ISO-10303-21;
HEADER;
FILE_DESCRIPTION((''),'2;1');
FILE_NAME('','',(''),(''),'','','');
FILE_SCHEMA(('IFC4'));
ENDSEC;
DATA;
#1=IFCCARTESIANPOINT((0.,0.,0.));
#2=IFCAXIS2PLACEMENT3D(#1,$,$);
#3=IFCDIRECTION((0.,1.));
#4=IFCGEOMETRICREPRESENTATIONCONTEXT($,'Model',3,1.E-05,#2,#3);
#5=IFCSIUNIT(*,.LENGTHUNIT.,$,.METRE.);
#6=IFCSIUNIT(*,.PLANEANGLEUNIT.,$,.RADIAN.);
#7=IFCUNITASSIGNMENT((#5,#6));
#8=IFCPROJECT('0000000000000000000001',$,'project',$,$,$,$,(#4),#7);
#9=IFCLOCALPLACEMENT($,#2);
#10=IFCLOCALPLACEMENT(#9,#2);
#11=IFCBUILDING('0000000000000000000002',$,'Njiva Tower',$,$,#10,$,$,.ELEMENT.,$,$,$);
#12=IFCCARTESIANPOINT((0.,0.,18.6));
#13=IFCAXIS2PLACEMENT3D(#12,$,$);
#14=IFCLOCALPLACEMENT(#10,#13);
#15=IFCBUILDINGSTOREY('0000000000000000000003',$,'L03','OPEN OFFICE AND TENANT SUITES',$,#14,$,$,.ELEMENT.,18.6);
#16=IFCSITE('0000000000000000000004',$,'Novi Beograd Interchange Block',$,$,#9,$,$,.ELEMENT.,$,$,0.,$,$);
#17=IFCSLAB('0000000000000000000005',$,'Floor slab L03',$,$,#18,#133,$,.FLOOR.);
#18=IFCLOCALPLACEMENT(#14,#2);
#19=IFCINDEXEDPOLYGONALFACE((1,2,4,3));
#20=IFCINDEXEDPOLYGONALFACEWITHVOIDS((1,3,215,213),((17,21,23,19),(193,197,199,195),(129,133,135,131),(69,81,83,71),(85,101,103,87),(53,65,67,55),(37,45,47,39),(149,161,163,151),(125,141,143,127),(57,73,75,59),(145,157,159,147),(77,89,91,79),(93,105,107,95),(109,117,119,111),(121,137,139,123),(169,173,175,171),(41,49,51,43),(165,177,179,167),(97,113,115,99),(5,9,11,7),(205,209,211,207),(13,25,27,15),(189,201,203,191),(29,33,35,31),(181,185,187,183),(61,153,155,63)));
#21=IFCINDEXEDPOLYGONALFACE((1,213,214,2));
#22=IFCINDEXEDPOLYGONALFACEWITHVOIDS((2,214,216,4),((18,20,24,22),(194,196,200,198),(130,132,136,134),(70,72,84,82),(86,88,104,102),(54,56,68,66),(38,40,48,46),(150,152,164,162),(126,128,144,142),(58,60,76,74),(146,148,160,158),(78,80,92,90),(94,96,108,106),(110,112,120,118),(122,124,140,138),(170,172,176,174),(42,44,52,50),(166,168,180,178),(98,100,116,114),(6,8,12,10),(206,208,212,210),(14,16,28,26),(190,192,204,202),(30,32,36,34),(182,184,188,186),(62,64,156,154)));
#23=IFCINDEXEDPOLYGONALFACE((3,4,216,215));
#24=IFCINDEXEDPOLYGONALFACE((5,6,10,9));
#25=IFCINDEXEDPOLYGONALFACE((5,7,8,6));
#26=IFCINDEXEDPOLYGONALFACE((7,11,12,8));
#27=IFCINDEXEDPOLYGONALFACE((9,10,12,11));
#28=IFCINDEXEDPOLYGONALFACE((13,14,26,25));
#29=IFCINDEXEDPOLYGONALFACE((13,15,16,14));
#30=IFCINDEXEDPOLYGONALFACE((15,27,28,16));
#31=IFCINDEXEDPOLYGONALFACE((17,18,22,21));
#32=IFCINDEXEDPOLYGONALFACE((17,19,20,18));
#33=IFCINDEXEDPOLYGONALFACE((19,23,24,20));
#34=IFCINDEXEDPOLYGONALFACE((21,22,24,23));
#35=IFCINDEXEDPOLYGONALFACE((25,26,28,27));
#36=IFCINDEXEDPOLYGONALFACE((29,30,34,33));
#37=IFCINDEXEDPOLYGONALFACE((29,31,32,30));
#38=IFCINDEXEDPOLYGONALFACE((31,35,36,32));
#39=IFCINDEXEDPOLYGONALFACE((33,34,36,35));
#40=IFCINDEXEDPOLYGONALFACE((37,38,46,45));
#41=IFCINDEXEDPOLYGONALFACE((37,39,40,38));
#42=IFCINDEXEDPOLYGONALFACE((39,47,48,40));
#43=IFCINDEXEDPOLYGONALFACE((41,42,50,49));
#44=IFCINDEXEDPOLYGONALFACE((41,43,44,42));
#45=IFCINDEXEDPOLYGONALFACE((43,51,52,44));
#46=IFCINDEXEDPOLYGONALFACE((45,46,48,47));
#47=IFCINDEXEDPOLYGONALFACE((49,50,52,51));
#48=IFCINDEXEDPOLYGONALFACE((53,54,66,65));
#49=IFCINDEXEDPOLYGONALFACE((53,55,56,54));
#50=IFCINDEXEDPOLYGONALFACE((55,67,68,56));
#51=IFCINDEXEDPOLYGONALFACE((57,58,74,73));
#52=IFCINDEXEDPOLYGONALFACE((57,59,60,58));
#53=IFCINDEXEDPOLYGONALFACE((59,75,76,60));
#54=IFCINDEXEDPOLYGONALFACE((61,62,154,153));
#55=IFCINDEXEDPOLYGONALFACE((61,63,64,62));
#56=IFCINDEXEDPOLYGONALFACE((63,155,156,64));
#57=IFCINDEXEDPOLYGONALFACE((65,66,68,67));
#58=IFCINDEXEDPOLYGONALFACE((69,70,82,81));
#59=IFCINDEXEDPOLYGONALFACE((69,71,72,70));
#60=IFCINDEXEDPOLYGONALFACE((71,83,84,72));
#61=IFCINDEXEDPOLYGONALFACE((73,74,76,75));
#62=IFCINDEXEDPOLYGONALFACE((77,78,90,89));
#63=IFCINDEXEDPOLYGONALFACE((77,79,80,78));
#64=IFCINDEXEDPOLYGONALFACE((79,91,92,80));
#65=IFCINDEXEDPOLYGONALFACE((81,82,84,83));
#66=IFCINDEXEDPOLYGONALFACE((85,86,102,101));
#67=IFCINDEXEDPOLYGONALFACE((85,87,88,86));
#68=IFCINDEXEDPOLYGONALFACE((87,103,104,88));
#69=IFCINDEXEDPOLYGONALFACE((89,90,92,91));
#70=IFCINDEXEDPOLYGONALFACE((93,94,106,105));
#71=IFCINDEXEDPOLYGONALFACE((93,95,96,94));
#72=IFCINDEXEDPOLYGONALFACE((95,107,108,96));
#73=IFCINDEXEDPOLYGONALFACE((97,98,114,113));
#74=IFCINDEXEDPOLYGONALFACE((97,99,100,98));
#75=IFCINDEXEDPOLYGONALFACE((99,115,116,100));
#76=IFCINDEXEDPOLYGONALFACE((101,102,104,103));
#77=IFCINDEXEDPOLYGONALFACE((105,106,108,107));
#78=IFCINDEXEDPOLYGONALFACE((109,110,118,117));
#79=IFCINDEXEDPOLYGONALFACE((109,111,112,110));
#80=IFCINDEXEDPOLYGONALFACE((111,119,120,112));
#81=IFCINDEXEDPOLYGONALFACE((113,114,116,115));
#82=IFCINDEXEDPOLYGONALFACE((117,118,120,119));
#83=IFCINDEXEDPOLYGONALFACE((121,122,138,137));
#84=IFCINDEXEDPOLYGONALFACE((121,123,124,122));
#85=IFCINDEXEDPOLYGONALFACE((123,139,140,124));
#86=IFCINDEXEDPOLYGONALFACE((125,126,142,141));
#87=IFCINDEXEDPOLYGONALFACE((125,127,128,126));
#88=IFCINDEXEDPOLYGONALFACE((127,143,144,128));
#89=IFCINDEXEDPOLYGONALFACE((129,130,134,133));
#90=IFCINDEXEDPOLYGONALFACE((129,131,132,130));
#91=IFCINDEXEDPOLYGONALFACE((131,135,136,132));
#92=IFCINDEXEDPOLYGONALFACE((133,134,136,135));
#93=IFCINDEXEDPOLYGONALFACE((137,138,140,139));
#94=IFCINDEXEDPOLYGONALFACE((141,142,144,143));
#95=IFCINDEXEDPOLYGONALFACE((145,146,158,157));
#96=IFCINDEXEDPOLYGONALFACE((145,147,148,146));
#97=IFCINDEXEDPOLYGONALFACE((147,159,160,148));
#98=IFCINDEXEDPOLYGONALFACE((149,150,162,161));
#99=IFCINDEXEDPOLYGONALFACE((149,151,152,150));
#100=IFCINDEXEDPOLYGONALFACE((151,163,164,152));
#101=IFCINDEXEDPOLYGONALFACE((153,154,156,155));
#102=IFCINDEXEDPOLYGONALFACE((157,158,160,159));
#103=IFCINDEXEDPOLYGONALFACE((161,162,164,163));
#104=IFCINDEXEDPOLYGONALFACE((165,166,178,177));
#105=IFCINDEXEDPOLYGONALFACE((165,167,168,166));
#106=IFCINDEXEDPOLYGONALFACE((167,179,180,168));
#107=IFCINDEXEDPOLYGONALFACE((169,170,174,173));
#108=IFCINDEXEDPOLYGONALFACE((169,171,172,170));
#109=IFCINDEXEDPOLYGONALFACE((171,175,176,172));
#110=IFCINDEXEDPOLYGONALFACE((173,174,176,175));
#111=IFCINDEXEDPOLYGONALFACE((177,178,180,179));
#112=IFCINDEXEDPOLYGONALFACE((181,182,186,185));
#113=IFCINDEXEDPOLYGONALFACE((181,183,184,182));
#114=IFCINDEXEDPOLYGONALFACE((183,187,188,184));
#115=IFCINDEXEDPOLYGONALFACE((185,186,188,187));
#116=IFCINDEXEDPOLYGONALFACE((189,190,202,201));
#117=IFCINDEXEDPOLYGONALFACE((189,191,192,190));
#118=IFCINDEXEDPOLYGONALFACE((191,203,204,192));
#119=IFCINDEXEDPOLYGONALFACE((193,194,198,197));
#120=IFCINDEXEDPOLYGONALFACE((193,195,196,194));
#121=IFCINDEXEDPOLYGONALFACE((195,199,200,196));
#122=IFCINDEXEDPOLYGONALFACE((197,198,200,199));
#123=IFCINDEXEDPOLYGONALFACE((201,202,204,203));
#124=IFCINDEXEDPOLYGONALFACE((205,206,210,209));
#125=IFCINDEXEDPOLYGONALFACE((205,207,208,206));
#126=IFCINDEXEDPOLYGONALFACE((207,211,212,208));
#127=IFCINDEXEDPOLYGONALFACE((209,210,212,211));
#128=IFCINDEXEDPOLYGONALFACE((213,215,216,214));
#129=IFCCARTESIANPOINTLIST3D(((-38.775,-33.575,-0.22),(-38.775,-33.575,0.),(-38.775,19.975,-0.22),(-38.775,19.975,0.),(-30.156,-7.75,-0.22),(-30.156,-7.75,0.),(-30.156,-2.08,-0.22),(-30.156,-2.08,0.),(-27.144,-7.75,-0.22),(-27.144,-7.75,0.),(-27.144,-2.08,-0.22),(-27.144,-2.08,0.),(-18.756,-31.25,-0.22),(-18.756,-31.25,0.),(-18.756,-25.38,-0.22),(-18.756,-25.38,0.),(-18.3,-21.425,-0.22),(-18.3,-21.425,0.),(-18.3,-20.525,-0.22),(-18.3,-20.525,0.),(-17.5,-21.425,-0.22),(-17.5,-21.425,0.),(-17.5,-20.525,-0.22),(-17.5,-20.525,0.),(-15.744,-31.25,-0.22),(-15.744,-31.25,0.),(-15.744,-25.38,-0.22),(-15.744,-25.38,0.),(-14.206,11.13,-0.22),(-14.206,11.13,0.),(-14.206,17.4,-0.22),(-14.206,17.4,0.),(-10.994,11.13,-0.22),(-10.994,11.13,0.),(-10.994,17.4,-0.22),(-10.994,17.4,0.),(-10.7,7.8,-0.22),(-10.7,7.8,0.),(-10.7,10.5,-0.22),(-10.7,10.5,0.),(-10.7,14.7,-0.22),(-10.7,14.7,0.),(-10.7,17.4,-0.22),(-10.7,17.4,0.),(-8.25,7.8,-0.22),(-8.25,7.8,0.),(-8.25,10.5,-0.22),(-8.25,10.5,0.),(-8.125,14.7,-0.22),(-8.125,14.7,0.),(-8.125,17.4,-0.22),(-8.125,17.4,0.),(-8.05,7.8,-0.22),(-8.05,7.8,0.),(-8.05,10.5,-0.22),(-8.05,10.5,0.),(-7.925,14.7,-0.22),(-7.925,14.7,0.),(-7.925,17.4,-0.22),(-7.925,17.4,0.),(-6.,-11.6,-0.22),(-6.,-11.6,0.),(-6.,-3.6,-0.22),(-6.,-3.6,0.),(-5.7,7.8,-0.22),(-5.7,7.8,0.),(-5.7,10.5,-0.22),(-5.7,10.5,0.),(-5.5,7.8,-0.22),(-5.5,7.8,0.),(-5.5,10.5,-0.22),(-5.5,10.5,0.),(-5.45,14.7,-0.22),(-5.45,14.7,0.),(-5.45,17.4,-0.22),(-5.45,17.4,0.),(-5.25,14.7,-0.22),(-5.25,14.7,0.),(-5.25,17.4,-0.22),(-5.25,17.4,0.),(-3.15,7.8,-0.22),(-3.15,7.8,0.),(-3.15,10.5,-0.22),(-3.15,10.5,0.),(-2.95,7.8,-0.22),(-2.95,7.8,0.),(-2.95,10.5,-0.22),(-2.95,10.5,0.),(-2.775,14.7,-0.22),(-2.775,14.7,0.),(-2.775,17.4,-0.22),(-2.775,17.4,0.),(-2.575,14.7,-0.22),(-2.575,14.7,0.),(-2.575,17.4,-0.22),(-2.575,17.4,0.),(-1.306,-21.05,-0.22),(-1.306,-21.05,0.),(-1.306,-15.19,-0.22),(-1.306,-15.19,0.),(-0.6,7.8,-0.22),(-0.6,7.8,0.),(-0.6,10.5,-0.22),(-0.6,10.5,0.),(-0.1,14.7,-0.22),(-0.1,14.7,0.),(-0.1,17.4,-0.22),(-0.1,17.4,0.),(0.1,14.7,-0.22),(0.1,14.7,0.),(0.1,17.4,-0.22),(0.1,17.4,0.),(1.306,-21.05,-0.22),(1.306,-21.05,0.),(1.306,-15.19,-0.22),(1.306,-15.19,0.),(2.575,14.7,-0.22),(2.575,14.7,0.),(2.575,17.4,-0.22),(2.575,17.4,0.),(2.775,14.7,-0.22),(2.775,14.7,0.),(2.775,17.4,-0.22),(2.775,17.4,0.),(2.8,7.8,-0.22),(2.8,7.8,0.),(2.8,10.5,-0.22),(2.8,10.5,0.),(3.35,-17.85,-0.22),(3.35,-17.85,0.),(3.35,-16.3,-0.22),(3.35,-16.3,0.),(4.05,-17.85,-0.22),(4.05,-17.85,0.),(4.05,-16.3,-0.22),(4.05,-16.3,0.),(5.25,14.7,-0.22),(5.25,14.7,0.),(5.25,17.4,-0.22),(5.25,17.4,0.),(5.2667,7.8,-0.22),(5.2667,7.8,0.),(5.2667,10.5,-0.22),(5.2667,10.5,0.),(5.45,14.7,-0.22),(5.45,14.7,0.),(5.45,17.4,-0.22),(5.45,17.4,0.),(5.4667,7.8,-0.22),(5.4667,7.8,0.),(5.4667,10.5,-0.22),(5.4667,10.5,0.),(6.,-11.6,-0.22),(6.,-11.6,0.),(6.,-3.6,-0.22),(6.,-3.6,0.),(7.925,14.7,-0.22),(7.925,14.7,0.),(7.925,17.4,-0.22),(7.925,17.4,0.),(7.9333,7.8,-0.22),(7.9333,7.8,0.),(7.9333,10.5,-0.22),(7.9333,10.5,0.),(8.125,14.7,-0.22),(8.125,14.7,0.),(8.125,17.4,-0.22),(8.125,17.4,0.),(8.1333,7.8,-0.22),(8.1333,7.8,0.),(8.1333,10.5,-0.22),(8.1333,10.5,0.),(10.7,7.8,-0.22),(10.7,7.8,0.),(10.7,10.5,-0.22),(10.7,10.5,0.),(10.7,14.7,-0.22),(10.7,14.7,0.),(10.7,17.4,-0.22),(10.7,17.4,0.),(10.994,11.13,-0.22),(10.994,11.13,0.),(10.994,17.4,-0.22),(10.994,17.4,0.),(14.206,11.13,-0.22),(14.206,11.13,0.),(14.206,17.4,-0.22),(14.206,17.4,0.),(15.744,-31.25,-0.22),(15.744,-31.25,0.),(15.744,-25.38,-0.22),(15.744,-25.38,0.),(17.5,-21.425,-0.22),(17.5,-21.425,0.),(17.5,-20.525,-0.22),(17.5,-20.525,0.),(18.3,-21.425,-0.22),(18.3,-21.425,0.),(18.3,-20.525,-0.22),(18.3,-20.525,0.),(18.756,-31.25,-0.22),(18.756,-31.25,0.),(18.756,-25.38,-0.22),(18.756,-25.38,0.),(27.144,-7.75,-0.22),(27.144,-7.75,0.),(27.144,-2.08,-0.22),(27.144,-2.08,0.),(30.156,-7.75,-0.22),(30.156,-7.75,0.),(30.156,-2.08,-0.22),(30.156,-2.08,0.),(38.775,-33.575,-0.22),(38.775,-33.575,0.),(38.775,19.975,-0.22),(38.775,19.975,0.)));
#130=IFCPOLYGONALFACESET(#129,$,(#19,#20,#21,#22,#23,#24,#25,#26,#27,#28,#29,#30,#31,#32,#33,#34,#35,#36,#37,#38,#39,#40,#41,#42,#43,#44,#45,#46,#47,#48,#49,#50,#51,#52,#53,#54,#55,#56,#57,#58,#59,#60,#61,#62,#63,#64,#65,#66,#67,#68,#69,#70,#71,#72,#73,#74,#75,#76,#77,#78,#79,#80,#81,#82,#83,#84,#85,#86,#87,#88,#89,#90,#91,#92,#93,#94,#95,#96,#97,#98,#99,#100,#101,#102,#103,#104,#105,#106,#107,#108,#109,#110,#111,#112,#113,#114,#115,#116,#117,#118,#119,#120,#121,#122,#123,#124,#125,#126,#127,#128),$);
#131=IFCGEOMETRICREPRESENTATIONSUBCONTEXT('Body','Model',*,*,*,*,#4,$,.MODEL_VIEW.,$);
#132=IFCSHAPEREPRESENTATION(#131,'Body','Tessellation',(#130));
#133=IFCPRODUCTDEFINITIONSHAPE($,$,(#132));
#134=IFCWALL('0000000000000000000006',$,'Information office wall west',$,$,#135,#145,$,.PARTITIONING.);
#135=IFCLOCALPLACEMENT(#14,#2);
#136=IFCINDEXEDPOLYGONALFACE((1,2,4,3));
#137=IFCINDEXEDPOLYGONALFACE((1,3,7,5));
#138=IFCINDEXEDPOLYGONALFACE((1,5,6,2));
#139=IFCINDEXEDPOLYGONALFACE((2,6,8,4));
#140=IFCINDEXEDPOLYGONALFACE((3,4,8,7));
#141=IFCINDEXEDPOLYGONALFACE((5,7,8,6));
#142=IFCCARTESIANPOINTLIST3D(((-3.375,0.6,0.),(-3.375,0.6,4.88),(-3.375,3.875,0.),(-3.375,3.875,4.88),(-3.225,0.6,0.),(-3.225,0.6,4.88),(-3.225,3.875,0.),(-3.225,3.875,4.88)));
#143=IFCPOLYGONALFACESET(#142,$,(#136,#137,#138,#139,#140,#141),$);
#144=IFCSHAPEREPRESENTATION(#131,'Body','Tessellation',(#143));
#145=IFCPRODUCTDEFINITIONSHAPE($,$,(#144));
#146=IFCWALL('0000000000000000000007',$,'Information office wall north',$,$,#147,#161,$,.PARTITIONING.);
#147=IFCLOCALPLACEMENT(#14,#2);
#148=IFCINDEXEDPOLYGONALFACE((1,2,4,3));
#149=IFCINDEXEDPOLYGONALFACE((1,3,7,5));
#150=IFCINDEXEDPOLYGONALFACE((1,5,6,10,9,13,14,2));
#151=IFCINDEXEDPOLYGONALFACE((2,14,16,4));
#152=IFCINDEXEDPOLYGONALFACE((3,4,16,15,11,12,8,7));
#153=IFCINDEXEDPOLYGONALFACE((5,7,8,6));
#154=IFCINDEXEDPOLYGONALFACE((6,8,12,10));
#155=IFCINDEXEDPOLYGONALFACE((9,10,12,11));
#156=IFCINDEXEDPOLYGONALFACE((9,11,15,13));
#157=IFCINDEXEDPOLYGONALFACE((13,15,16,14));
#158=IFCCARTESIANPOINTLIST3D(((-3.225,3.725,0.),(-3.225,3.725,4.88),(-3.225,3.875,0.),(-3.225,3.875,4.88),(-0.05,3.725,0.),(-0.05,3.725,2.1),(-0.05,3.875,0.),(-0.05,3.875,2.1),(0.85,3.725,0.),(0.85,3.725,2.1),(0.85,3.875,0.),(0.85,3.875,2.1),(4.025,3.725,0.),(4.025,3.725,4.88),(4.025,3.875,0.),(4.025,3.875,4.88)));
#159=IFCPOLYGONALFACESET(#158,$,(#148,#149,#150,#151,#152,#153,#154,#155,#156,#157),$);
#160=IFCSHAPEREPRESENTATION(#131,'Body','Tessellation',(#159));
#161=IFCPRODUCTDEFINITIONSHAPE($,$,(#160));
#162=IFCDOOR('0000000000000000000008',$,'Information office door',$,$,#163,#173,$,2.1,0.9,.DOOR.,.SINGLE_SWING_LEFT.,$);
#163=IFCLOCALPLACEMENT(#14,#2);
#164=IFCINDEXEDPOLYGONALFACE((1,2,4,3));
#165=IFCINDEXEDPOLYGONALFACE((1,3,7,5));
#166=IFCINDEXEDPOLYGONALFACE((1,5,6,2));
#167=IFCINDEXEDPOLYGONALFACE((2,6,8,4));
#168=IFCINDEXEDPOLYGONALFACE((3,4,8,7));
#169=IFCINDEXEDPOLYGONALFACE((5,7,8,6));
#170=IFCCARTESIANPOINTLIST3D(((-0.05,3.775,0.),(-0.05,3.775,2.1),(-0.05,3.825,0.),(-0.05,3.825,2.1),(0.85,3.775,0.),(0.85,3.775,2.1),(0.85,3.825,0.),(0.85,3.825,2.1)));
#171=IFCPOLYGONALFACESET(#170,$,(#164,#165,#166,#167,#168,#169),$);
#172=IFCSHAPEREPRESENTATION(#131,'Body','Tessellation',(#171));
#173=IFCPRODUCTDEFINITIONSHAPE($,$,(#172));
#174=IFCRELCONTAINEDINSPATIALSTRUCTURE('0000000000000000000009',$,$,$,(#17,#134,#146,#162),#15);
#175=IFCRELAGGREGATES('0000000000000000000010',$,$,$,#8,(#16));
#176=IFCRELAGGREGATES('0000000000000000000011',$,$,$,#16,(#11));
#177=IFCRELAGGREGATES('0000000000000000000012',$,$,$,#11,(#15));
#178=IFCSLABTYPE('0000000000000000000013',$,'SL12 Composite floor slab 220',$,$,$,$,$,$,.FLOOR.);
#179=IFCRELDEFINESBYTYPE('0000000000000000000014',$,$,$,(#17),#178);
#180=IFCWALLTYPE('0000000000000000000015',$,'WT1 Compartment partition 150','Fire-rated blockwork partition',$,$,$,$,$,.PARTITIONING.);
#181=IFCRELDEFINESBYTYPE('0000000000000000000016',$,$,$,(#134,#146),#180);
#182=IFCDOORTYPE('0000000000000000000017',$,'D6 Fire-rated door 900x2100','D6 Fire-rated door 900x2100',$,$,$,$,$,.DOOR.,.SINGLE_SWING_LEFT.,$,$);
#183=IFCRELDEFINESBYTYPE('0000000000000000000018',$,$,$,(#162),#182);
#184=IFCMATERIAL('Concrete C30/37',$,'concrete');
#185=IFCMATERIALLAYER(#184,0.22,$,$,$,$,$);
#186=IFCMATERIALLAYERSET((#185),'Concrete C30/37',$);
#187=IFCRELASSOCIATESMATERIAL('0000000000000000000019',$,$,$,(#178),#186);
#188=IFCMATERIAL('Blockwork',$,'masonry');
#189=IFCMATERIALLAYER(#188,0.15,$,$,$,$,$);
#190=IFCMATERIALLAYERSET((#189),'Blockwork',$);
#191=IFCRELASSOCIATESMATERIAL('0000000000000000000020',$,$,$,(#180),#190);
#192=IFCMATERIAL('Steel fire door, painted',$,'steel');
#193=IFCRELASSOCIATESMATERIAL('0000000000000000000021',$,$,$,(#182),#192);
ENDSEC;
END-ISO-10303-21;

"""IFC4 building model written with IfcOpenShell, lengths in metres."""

from ifc_helpers import new_model, si_unit, direction, frame, frame_2d, origin, place, context, subcontext, project, spatial, polyline, rectangle, outline, extrude, material, layer, layer_set, type_object, element, fill, save


model = new_model("IFC4")

# Units and contexts
model_context = context("Model", 3, precision=1e-05, world=origin(), true_north=direction((0.0, 1.0)))
body_context = subcontext(model_context, "Body", "Model", "MODEL_VIEW")
ifc_project = project(units=[si_unit("LENGTHUNIT", "METRE"), si_unit("PLANEANGLEUNIT", "RADIAN")], contexts=[model_context])

# Site, building, storey
site_placement = place(None, origin())
site = spatial("IfcSite", under=ifc_project, at=site_placement, Name="Novi Beograd Interchange Block", CompositionType="ELEMENT", RefElevation=0.0)
building_placement = place(site_placement, origin())
building = spatial("IfcBuilding", under=site, at=building_placement, Name="Njiva Tower", CompositionType="ELEMENT")
storey_placement = place(building_placement, frame((0.0, 0.0, 18.6)))
storey = spatial("IfcBuildingStorey", under=building, at=storey_placement, Name="L03", Description="OPEN OFFICE AND TENANT SUITES", CompositionType="ELEMENT", Elevation=18.6)

# Slab
ifc_material_1 = material(Name="Concrete C30/37", Category="concrete")
ifc_layer_1 = layer(ifc_material_1, 0.22)
ifc_layer_set_1 = layer_set([ifc_layer_1], Name="Concrete C30/37")
slab_type_1 = type_object("IfcSlabType", Name="SL12 Composite floor slab 220", PredefinedType="FLOOR", material=ifc_layer_set_1)
slab_1_placement = place(storey_placement, frame((0.0, 0.0, -0.22)))
element("IfcSlab", 1, at=slab_1_placement, inside=storey, type_object=slab_type_1, Name="Floor slab L03", PredefinedType="FLOOR", context=body_context, shape_type="SweptSolid", body=[
    extrude(outline(polyline([(-38.775, -33.575), (-38.775, 19.975), (38.775, 19.975), (38.775, -33.575), (-38.775, -33.575)]), holes=[polyline([(27.144, -2.08), (27.144, -7.75), (30.156, -7.75), (30.156, -2.08), (27.144, -2.08)]), polyline([(15.744, -31.25), (18.756, -31.25), (18.756, -25.38), (15.744, -25.38), (15.744, -31.25)]), polyline([(17.5, -20.525), (17.5, -21.425), (18.3, -21.425), (18.3, -20.525), (17.5, -20.525)]), polyline([(10.994, 17.4), (10.994, 11.13), (14.206, 11.13), (14.206, 17.4), (10.994, 17.4)]), polyline([(8.125, 17.4), (8.125, 14.7), (10.7, 14.7), (10.7, 17.4), (8.125, 17.4)]), polyline([(8.1333, 10.5), (8.1333, 7.8), (10.7, 7.8), (10.7, 10.5), (8.1333, 10.5)]), polyline([(5.4667, 7.8), (7.9333, 7.8), (7.9333, 10.5), (5.4667, 10.5), (5.4667, 7.8)]), polyline([(5.45, 17.4), (5.45, 14.7), (7.925, 14.7), (7.925, 17.4), (5.45, 17.4)]), polyline([(-6.0, -11.6), (6.0, -11.6), (6.0, -3.6), (-6.0, -3.6), (-6.0, -11.6)]), polyline([(2.8, 10.5), (2.8, 7.8), (5.2667, 7.8), (5.2667, 10.5), (2.8, 10.5)]), polyline([(2.775, 17.4), (2.775, 14.7), (5.25, 14.7), (5.25, 17.4), (2.775, 17.4)]), polyline([(3.35, -17.85), (4.05, -17.85), (4.05, -16.3), (3.35, -16.3), (3.35, -17.85)]), polyline([(0.1, 17.4), (0.1, 14.7), (2.575, 14.7), (2.575, 17.4), (0.1, 17.4)]), polyline([(-1.306, -15.19), (-1.306, -21.05), (1.306, -21.05), (1.306, -15.19), (-1.306, -15.19)]), polyline([(-2.575, 17.4), (-2.575, 14.7), (-0.1, 14.7), (-0.1, 17.4), (-2.575, 17.4)]), polyline([(-2.95, 10.5), (-2.95, 7.8), (-0.6, 7.8), (-0.6, 10.5), (-2.95, 10.5)]), polyline([(-5.25, 17.4), (-5.25, 14.7), (-2.775, 14.7), (-2.775, 17.4), (-5.25, 17.4)]), polyline([(-5.5, 7.8), (-3.15, 7.8), (-3.15, 10.5), (-5.5, 10.5), (-5.5, 7.8)]), polyline([(-7.925, 17.4), (-7.925, 14.7), (-5.45, 14.7), (-5.45, 17.4), (-7.925, 17.4)]), polyline([(-8.05, 10.5), (-8.05, 7.8), (-5.7, 7.8), (-5.7, 10.5), (-8.05, 10.5)]), polyline([(-10.7, 17.4), (-10.7, 14.7), (-8.125, 14.7), (-8.125, 17.4), (-10.7, 17.4)]), polyline([(-10.7, 10.5), (-10.7, 7.8), (-8.25, 7.8), (-8.25, 10.5), (-10.7, 10.5)]), polyline([(-14.206, 17.4), (-14.206, 11.13), (-10.994, 11.13), (-10.994, 17.4), (-14.206, 17.4)]), polyline([(-18.756, -31.25), (-15.744, -31.25), (-15.744, -25.38), (-18.756, -25.38), (-18.756, -31.25)]), polyline([(-18.3, -20.525), (-18.3, -21.425), (-17.5, -21.425), (-17.5, -20.525), (-18.3, -20.525)]), polyline([(-30.156, -7.75), (-27.144, -7.75), (-27.144, -2.08), (-30.156, -2.08), (-30.156, -7.75)])]), origin(), (0.0, 0.0, 1.0), 0.22),
])

# Wall
ifc_material_2 = material(Name="Blockwork", Category="masonry")
ifc_layer_2 = layer(ifc_material_2, 0.15)
ifc_layer_set_2 = layer_set([ifc_layer_2], Name="Blockwork")
wall_type_1 = type_object("IfcWallType", Name="WT1 Compartment partition 150", Description="Fire-rated blockwork partition", PredefinedType="PARTITIONING", material=ifc_layer_set_2)
wall_1_placement = place(storey_placement, frame((-3.3, 0.6, 0.0), z_axis=(0.0, 0.0, 1.0), x_axis=(0.0, 1.0, 0.0)))
element("IfcWall", 2, at=wall_1_placement, inside=storey, type_object=wall_type_1, Name="Information office wall west", PredefinedType="PARTITIONING", context=body_context, shape_type="SweptSolid", body=[
    extrude(rectangle(XDim=3.275, YDim=0.15, at=frame_2d((1.6375, 0.0))), origin(), (0.0, 0.0, 1.0), 4.88),
])

# Wall, opening, door
wall_2_placement = place(storey_placement, frame((-3.225, 3.8, 0.0), z_axis=(0.0, 0.0, 1.0), x_axis=(1.0, 0.0, 0.0)))
wall_2 = element("IfcWall", 3, at=wall_2_placement, inside=storey, type_object=wall_type_1, Name="Information office wall north", PredefinedType="PARTITIONING", context=body_context, shape_type="SweptSolid", body=[
    extrude(rectangle(XDim=7.25, YDim=0.15, at=frame_2d((3.625, 0.0))), origin(), (0.0, 0.0, 1.0), 4.88),
])
opening_1_placement = place(wall_2_placement, frame((3.175, 0.0, 0.0)))
opening_1 = element("IfcOpeningElement", 4, at=opening_1_placement, cuts=wall_2, PredefinedType="OPENING", context=body_context, shape_type="SweptSolid", body=[
    extrude(rectangle(XDim=0.9, YDim=2.1, at=frame_2d((0.45, 1.05))), frame((0.0, 0.085, 0.0), z_axis=(0.0, -1.0, 0.0), x_axis=(1.0, 0.0, 0.0)), (0.0, 0.0, 1.0), 0.17),
])
ifc_material_3 = material(Name="Steel fire door, painted", Category="steel")
door_type_1 = type_object("IfcDoorType", Name="D6 Fire-rated door 900x2100", Description="D6 Fire-rated door 900x2100", OperationType="SINGLE_SWING_LEFT", PredefinedType="DOOR", material=ifc_material_3)
door_1_placement = place(opening_1_placement, origin())
door_1 = element("IfcDoor", 5, at=door_1_placement, inside=storey, type_object=door_type_1, Name="Information office door", OperationType="SINGLE_SWING_LEFT", OverallHeight=2.1, OverallWidth=0.9, PredefinedType="DOOR", context=body_context, shape_type="SweptSolid", body=[
    extrude(rectangle(XDim=0.9, YDim=2.1, at=frame_2d((0.45, 1.05))), frame((0.0, 0.025, 0.0), z_axis=(0.0, -1.0, 0.0), x_axis=(1.0, 0.0, 0.0)), (0.0, 0.0, 1.0), 0.05),
])
fill(opening_1, door_1)

save(model, "model.ifc")
